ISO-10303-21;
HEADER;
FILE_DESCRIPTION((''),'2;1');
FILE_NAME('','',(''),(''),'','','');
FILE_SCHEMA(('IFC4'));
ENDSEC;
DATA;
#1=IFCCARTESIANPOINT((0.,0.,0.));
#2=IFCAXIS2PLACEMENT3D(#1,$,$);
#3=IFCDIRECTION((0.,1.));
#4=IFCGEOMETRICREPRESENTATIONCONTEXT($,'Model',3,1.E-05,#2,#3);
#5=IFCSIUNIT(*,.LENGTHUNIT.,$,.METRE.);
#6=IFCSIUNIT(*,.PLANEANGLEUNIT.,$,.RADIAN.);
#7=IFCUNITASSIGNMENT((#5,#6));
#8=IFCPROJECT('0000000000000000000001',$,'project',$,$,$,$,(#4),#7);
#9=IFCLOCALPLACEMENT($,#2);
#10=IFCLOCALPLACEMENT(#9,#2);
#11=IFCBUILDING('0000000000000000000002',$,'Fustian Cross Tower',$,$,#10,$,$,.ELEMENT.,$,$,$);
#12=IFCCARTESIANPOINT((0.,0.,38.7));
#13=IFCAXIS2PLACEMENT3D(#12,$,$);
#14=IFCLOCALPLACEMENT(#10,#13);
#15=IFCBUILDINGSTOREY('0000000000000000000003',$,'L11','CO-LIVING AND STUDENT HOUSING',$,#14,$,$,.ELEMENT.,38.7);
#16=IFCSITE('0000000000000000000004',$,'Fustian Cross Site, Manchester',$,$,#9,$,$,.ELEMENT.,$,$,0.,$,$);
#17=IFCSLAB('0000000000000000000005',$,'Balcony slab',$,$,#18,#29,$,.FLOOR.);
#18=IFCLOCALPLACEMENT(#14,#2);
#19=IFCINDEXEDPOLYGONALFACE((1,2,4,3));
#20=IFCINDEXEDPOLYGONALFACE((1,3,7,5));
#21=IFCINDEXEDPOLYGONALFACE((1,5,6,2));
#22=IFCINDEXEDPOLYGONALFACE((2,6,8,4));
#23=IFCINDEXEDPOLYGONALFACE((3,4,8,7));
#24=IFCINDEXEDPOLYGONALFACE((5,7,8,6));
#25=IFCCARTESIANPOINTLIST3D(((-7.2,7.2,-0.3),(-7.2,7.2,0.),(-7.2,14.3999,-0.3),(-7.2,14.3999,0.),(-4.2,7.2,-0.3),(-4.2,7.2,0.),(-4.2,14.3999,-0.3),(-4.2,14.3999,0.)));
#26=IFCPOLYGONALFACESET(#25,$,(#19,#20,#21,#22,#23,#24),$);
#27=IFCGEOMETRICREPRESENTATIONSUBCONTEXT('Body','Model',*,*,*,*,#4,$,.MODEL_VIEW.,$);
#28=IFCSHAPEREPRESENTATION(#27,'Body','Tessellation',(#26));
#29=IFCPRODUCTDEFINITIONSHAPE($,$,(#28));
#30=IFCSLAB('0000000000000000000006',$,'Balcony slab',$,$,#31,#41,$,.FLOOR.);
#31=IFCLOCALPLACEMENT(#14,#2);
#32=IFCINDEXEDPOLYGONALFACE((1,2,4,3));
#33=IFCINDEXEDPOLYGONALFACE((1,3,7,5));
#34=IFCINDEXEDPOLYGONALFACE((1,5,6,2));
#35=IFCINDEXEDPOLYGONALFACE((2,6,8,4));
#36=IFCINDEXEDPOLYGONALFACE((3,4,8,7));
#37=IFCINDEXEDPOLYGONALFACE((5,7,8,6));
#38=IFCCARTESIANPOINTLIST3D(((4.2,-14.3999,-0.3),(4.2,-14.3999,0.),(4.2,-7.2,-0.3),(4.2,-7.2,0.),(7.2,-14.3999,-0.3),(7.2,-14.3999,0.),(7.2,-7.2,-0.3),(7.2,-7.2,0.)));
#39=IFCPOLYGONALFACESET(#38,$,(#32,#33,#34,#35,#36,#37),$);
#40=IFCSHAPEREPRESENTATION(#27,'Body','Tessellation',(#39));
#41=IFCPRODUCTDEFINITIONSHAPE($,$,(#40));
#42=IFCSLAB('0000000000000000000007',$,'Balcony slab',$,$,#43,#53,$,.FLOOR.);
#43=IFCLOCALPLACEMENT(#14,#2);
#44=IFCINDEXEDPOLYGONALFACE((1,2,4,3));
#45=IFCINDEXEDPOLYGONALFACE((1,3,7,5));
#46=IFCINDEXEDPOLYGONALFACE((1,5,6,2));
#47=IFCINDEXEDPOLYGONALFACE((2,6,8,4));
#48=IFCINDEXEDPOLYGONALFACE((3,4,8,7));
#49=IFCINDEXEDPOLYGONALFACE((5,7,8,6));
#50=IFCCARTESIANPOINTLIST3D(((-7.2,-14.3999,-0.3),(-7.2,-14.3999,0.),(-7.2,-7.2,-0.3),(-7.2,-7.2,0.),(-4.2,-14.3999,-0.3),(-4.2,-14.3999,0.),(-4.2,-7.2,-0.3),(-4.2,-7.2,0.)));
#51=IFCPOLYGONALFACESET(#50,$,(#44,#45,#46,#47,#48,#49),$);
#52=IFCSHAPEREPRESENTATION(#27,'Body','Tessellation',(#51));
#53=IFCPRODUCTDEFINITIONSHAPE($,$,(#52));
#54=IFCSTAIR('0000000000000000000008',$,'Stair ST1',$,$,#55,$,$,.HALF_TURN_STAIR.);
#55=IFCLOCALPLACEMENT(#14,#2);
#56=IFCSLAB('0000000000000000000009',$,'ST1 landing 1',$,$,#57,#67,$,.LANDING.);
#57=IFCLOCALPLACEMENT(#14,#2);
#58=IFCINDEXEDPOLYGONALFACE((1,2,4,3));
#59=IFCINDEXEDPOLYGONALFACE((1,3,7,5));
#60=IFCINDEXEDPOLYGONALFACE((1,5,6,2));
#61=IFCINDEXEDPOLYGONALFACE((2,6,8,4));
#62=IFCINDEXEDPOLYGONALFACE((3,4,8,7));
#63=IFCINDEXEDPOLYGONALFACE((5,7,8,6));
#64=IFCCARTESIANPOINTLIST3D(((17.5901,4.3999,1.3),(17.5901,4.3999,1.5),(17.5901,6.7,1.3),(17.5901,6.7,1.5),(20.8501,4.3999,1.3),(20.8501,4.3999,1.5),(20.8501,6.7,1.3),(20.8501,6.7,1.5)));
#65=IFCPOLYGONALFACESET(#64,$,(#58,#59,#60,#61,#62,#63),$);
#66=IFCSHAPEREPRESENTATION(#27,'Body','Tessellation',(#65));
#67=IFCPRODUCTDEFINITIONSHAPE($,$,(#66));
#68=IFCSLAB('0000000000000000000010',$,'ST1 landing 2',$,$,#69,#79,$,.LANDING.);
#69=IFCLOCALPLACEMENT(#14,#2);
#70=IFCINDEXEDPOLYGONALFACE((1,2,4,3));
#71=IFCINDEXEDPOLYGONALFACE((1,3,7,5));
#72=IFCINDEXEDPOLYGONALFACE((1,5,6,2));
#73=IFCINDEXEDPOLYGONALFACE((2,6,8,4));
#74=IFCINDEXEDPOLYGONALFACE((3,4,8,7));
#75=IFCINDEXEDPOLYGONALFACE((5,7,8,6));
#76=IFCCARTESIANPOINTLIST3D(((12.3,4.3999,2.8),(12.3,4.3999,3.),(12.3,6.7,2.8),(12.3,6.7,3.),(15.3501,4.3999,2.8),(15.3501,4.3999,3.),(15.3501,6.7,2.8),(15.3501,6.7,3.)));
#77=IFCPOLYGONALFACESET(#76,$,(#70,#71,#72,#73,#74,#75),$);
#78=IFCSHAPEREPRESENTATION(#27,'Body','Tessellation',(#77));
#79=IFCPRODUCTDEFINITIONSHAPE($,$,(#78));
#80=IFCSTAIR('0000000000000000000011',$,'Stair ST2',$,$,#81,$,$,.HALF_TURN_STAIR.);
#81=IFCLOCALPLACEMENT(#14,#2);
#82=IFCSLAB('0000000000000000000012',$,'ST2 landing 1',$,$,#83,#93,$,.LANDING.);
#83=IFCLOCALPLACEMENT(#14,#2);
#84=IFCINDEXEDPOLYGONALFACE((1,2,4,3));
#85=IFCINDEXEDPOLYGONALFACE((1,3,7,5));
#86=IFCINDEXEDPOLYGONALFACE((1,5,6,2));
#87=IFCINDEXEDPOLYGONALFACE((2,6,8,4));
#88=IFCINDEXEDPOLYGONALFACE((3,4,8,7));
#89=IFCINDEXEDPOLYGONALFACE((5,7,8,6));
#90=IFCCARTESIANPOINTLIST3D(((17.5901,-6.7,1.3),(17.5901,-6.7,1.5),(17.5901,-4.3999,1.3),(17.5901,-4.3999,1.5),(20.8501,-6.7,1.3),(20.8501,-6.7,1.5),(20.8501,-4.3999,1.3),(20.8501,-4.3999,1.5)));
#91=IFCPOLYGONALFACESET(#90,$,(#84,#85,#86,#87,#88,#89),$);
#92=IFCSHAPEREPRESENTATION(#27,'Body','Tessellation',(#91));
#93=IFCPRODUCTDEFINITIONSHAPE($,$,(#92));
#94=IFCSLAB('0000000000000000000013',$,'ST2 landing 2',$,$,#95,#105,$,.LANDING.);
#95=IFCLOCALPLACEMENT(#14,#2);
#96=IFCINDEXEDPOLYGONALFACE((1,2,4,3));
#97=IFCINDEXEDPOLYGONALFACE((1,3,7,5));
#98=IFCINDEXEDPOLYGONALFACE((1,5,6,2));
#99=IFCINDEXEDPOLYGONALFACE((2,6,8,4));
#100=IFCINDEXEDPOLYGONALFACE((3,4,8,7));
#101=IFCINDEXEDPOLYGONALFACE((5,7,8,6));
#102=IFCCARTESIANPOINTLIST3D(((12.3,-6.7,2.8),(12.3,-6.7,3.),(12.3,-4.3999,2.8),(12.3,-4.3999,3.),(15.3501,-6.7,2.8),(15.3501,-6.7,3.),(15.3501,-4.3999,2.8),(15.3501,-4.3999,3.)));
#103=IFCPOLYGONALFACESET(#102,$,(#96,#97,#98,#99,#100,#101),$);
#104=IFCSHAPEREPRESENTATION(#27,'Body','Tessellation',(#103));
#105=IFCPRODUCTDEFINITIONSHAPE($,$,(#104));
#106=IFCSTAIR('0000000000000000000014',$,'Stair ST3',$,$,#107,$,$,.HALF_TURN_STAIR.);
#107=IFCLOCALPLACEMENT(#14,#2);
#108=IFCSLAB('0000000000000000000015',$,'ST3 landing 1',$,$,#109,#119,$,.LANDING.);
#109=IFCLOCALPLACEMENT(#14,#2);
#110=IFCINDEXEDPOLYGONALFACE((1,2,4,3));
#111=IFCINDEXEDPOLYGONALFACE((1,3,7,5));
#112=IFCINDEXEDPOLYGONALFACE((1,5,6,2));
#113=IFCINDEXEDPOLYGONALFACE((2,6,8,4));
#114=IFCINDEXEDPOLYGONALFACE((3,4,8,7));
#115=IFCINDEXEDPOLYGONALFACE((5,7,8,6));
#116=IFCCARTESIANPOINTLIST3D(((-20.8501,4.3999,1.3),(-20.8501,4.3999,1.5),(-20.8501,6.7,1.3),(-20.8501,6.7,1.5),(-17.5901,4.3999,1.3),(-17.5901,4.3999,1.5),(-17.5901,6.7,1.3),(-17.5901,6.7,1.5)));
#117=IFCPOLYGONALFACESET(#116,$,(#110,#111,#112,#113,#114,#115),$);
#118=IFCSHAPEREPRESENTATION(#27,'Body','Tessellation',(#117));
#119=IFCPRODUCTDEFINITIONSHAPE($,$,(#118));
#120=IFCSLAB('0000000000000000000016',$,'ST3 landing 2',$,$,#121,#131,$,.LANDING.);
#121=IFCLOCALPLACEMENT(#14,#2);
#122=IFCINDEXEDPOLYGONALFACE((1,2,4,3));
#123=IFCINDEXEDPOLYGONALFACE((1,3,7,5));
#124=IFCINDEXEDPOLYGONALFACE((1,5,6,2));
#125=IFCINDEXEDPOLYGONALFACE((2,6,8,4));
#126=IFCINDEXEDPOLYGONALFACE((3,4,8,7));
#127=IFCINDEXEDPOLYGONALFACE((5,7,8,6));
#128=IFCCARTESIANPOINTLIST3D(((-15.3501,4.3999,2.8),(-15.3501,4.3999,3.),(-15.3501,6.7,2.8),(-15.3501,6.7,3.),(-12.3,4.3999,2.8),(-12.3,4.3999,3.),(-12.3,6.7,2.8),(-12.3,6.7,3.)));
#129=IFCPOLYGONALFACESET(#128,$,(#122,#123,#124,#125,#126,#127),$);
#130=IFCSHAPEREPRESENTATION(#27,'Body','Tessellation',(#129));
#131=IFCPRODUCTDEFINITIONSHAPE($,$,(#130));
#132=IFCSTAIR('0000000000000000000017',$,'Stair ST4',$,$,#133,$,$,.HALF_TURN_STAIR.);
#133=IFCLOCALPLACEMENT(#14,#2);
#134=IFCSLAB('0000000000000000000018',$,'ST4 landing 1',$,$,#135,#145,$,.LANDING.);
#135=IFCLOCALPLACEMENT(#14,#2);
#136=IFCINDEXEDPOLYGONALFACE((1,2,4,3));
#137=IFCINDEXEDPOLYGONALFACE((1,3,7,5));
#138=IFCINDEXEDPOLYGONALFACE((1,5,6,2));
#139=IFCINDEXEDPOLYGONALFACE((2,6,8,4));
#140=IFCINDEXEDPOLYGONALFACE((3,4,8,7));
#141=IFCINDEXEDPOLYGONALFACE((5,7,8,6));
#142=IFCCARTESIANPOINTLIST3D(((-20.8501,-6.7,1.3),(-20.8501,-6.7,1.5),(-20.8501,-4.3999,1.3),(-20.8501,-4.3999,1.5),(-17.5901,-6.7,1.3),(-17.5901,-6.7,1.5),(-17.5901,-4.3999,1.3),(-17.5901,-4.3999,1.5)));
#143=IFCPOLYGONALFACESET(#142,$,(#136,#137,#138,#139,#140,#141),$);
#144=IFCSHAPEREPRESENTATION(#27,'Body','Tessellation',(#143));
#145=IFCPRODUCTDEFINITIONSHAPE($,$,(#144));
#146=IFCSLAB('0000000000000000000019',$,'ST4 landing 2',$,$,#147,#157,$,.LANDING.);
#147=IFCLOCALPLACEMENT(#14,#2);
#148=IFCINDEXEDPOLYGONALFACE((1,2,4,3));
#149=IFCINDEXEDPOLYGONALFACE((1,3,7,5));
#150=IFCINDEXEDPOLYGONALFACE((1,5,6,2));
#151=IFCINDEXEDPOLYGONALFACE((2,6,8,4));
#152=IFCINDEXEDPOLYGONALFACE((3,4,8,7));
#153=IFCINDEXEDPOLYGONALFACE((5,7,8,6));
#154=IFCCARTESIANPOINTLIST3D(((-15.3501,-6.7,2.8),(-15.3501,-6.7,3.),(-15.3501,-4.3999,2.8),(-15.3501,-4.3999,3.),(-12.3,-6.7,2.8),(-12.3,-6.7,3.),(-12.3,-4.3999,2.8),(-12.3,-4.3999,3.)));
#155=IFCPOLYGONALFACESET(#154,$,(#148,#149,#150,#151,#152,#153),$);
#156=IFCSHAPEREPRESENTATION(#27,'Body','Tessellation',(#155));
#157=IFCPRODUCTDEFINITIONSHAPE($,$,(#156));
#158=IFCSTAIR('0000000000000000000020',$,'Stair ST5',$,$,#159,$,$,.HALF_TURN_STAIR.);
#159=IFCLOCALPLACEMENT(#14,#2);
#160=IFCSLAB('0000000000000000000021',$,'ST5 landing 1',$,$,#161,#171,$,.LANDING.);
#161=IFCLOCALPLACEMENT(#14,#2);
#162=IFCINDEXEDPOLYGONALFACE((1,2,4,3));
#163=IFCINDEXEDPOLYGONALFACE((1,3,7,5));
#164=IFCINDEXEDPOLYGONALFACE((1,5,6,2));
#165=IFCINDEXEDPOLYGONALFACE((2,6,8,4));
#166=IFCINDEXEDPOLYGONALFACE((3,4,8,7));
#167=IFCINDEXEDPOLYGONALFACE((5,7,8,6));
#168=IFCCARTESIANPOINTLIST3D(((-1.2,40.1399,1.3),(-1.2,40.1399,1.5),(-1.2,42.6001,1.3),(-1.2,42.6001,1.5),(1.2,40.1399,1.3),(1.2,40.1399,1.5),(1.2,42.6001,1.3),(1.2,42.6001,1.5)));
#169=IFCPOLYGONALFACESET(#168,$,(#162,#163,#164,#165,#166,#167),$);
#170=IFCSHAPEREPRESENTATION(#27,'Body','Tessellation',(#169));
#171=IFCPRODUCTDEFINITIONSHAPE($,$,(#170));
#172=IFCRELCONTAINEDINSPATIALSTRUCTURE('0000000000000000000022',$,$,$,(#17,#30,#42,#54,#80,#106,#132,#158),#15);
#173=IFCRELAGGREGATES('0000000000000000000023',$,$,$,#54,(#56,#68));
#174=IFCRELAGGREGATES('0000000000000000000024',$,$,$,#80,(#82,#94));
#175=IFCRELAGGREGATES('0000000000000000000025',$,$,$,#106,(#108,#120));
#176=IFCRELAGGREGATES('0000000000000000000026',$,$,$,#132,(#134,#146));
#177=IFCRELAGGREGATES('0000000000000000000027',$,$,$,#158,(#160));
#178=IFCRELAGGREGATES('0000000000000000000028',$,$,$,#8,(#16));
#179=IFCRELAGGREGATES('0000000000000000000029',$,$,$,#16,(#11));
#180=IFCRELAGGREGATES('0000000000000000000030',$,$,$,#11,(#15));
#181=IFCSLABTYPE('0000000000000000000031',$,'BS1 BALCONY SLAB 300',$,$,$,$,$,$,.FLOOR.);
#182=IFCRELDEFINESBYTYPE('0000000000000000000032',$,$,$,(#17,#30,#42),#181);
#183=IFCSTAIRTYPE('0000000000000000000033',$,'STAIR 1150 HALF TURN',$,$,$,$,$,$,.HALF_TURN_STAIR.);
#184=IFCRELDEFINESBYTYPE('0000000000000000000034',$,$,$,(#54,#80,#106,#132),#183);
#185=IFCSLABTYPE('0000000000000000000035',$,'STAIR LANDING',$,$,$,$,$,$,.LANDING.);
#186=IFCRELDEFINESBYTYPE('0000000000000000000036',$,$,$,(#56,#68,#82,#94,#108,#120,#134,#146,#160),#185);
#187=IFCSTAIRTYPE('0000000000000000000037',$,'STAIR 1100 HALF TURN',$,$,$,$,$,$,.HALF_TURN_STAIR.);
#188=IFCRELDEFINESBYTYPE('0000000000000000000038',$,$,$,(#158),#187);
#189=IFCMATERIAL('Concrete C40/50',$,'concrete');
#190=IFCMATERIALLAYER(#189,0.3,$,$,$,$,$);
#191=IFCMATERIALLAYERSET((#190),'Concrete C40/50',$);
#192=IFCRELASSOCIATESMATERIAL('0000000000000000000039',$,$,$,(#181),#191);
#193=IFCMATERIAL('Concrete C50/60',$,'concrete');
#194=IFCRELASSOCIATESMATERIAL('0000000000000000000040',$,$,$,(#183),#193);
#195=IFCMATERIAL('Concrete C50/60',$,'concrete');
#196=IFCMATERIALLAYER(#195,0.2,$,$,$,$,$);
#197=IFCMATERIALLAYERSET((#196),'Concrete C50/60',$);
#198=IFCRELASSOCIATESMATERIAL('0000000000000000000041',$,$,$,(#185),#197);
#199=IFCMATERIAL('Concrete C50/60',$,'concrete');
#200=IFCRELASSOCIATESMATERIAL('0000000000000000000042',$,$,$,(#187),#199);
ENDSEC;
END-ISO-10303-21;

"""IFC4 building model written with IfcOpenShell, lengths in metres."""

from ifc_helpers import new_model, si_unit, direction, frame, origin, place, context, subcontext, project, spatial, polyline, outline, extrude, material, layer, layer_set, type_object, element, aggregate, save


model = new_model("IFC4")

# Units and contexts
model_context = context("Model", 3, precision=1e-05, world=origin(), true_north=direction((0.0, 1.0)))
body_context = subcontext(model_context, "Body", "Model", "MODEL_VIEW")
ifc_project = project(units=[si_unit("LENGTHUNIT", "METRE"), si_unit("PLANEANGLEUNIT", "RADIAN")], contexts=[model_context])

# Site, building, storey
site_placement = place(None, origin())
site = spatial("IfcSite", under=ifc_project, at=site_placement, Name="Fustian Cross Site, Manchester", CompositionType="ELEMENT", RefElevation=0.0)
building_placement = place(site_placement, origin())
building = spatial("IfcBuilding", under=site, at=building_placement, Name="Fustian Cross Tower", CompositionType="ELEMENT")
storey_placement = place(building_placement, frame((0.0, 0.0, 38.7)))
storey = spatial("IfcBuildingStorey", under=building, at=storey_placement, Name="L11", Description="CO-LIVING AND STUDENT HOUSING", CompositionType="ELEMENT", Elevation=38.7)

# Slabs
ifc_material_1 = material(Name="Concrete C40/50", Category="concrete")
ifc_layer_1 = layer(ifc_material_1, 0.3)
ifc_layer_set_1 = layer_set([ifc_layer_1], Name="Concrete C40/50")
slab_type_1 = type_object("IfcSlabType", Name="BS1 BALCONY SLAB 300", PredefinedType="FLOOR", material=ifc_layer_set_1)
slab_1_placement = place(storey_placement, frame((0.0, 0.0, -0.3)))
element("IfcSlab", 1, at=slab_1_placement, inside=storey, type_object=slab_type_1, Name="Balcony slab", PredefinedType="FLOOR", context=body_context, shape_type="SweptSolid", body=[
    extrude(outline(polyline([(-7.2, 7.2), (-4.2, 7.2), (-4.2, 14.3999), (-7.2, 14.3999), (-7.2, 7.2)])), origin(), (0.0, 0.0, 1.0), 0.3),
])
slab_2_placement = place(storey_placement, frame((0.0, 0.0, -0.3)))
element("IfcSlab", 2, at=slab_2_placement, inside=storey, type_object=slab_type_1, Name="Balcony slab", PredefinedType="FLOOR", context=body_context, shape_type="SweptSolid", body=[
    extrude(outline(polyline([(4.2, -14.3999), (7.2, -14.3999), (7.2, -7.2), (4.2, -7.2), (4.2, -14.3999)])), origin(), (0.0, 0.0, 1.0), 0.3),
])
slab_3_placement = place(storey_placement, frame((0.0, 0.0, -0.3)))
element("IfcSlab", 3, at=slab_3_placement, inside=storey, type_object=slab_type_1, Name="Balcony slab", PredefinedType="FLOOR", context=body_context, shape_type="SweptSolid", body=[
    extrude(outline(polyline([(-7.2, -14.3999), (-4.2, -14.3999), (-4.2, -7.2), (-7.2, -7.2), (-7.2, -14.3999)])), origin(), (0.0, 0.0, 1.0), 0.3),
])

# Stairs, slabs
ifc_material_2 = material(Name="Concrete C50/60", Category="concrete")
stair_type_1 = type_object("IfcStairType", Name="STAIR 1150 HALF TURN", PredefinedType="HALF_TURN_STAIR", material=ifc_material_2)
stair_1_placement = place(storey_placement, origin())
stair_1 = element("IfcStair", 4, at=stair_1_placement, inside=storey, type_object=stair_type_1, Name="Stair ST1", PredefinedType="HALF_TURN_STAIR")
ifc_material_3 = material(Name="Concrete C50/60", Category="concrete")
ifc_layer_2 = layer(ifc_material_3, 0.2)
ifc_layer_set_2 = layer_set([ifc_layer_2], Name="Concrete C50/60")
slab_type_2 = type_object("IfcSlabType", Name="STAIR LANDING", PredefinedType="LANDING", material=ifc_layer_set_2)
slab_4_placement = place(storey_placement, frame((0.0, 0.0, 1.3)))
slab_4 = element("IfcSlab", 5, at=slab_4_placement, type_object=slab_type_2, Name="ST1 landing 1", PredefinedType="LANDING", context=body_context, shape_type="SweptSolid", body=[
    extrude(outline(polyline([(17.5901, 4.3999), (20.8501, 4.3999), (20.8501, 6.7), (17.5901, 6.7), (17.5901, 4.3999)])), origin(), (0.0, 0.0, 1.0), 0.2),
])
slab_5_placement = place(storey_placement, frame((0.0, 0.0, 2.8)))
slab_5 = element("IfcSlab", 6, at=slab_5_placement, type_object=slab_type_2, Name="ST1 landing 2", PredefinedType="LANDING", context=body_context, shape_type="SweptSolid", body=[
    extrude(outline(polyline([(12.3, 4.3999), (15.3501, 4.3999), (15.3501, 6.7), (12.3, 6.7), (12.3, 4.3999)])), origin(), (0.0, 0.0, 1.0), 0.2),
])
aggregate(stair_1, [slab_4, slab_5])
stair_2_placement = place(storey_placement, origin())
stair_2 = element("IfcStair", 7, at=stair_2_placement, inside=storey, type_object=stair_type_1, Name="Stair ST2", PredefinedType="HALF_TURN_STAIR")
slab_6_placement = place(storey_placement, frame((0.0, 0.0, 1.3)))
slab_6 = element("IfcSlab", 8, at=slab_6_placement, type_object=slab_type_2, Name="ST2 landing 1", PredefinedType="LANDING", context=body_context, shape_type="SweptSolid", body=[
    extrude(outline(polyline([(17.5901, -4.3999), (20.8501, -4.3999), (20.8501, -6.7), (17.5901, -6.7), (17.5901, -4.3999)])), origin(), (0.0, 0.0, 1.0), 0.2),
])
slab_7_placement = place(storey_placement, frame((0.0, 0.0, 2.8)))
slab_7 = element("IfcSlab", 9, at=slab_7_placement, type_object=slab_type_2, Name="ST2 landing 2", PredefinedType="LANDING", context=body_context, shape_type="SweptSolid", body=[
    extrude(outline(polyline([(12.3, -4.3999), (15.3501, -4.3999), (15.3501, -6.7), (12.3, -6.7), (12.3, -4.3999)])), origin(), (0.0, 0.0, 1.0), 0.2),
])
aggregate(stair_2, [slab_6, slab_7])
stair_3_placement = place(storey_placement, origin())
stair_3 = element("IfcStair", 10, at=stair_3_placement, inside=storey, type_object=stair_type_1, Name="Stair ST3", PredefinedType="HALF_TURN_STAIR")
slab_8_placement = place(storey_placement, frame((0.0, 0.0, 1.3)))
slab_8 = element("IfcSlab", 11, at=slab_8_placement, type_object=slab_type_2, Name="ST3 landing 1", PredefinedType="LANDING", context=body_context, shape_type="SweptSolid", body=[
    extrude(outline(polyline([(-17.5901, 4.3999), (-20.8501, 4.3999), (-20.8501, 6.7), (-17.5901, 6.7), (-17.5901, 4.3999)])), origin(), (0.0, 0.0, 1.0), 0.2),
])
slab_9_placement = place(storey_placement, frame((0.0, 0.0, 2.8)))
slab_9 = element("IfcSlab", 12, at=slab_9_placement, type_object=slab_type_2, Name="ST3 landing 2", PredefinedType="LANDING", context=body_context, shape_type="SweptSolid", body=[
    extrude(outline(polyline([(-12.3, 4.3999), (-15.3501, 4.3999), (-15.3501, 6.7), (-12.3, 6.7), (-12.3, 4.3999)])), origin(), (0.0, 0.0, 1.0), 0.2),
])
aggregate(stair_3, [slab_8, slab_9])
stair_4_placement = place(storey_placement, origin())
stair_4 = element("IfcStair", 13, at=stair_4_placement, inside=storey, type_object=stair_type_1, Name="Stair ST4", PredefinedType="HALF_TURN_STAIR")
slab_10_placement = place(storey_placement, frame((0.0, 0.0, 1.3)))
slab_10 = element("IfcSlab", 14, at=slab_10_placement, type_object=slab_type_2, Name="ST4 landing 1", PredefinedType="LANDING", context=body_context, shape_type="SweptSolid", body=[
    extrude(outline(polyline([(-17.5901, -4.3999), (-20.8501, -4.3999), (-20.8501, -6.7), (-17.5901, -6.7), (-17.5901, -4.3999)])), origin(), (0.0, 0.0, 1.0), 0.2),
])
slab_11_placement = place(storey_placement, frame((0.0, 0.0, 2.8)))
slab_11 = element("IfcSlab", 15, at=slab_11_placement, type_object=slab_type_2, Name="ST4 landing 2", PredefinedType="LANDING", context=body_context, shape_type="SweptSolid", body=[
    extrude(outline(polyline([(-12.3, -4.3999), (-15.3501, -4.3999), (-15.3501, -6.7), (-12.3, -6.7), (-12.3, -4.3999)])), origin(), (0.0, 0.0, 1.0), 0.2),
])
aggregate(stair_4, [slab_10, slab_11])

# Stair, slab
ifc_material_4 = material(Name="Concrete C50/60", Category="concrete")
stair_type_2 = type_object("IfcStairType", Name="STAIR 1100 HALF TURN", PredefinedType="HALF_TURN_STAIR", material=ifc_material_4)
stair_5_placement = place(storey_placement, origin())
stair_5 = element("IfcStair", 16, at=stair_5_placement, inside=storey, type_object=stair_type_2, Name="Stair ST5", PredefinedType="HALF_TURN_STAIR")
slab_12_placement = place(storey_placement, frame((0.0, 0.0, 1.3)))
slab_12 = element("IfcSlab", 17, at=slab_12_placement, type_object=slab_type_2, Name="ST5 landing 1", PredefinedType="LANDING", context=body_context, shape_type="SweptSolid", body=[
    extrude(outline(polyline([(-1.2, 40.1399), (-1.2, 42.6001), (1.2, 42.6001), (1.2, 40.1399), (-1.2, 40.1399)])), origin(), (0.0, 0.0, 1.0), 0.2),
])
aggregate(stair_5, [slab_12])

save(model, "model.ifc")
